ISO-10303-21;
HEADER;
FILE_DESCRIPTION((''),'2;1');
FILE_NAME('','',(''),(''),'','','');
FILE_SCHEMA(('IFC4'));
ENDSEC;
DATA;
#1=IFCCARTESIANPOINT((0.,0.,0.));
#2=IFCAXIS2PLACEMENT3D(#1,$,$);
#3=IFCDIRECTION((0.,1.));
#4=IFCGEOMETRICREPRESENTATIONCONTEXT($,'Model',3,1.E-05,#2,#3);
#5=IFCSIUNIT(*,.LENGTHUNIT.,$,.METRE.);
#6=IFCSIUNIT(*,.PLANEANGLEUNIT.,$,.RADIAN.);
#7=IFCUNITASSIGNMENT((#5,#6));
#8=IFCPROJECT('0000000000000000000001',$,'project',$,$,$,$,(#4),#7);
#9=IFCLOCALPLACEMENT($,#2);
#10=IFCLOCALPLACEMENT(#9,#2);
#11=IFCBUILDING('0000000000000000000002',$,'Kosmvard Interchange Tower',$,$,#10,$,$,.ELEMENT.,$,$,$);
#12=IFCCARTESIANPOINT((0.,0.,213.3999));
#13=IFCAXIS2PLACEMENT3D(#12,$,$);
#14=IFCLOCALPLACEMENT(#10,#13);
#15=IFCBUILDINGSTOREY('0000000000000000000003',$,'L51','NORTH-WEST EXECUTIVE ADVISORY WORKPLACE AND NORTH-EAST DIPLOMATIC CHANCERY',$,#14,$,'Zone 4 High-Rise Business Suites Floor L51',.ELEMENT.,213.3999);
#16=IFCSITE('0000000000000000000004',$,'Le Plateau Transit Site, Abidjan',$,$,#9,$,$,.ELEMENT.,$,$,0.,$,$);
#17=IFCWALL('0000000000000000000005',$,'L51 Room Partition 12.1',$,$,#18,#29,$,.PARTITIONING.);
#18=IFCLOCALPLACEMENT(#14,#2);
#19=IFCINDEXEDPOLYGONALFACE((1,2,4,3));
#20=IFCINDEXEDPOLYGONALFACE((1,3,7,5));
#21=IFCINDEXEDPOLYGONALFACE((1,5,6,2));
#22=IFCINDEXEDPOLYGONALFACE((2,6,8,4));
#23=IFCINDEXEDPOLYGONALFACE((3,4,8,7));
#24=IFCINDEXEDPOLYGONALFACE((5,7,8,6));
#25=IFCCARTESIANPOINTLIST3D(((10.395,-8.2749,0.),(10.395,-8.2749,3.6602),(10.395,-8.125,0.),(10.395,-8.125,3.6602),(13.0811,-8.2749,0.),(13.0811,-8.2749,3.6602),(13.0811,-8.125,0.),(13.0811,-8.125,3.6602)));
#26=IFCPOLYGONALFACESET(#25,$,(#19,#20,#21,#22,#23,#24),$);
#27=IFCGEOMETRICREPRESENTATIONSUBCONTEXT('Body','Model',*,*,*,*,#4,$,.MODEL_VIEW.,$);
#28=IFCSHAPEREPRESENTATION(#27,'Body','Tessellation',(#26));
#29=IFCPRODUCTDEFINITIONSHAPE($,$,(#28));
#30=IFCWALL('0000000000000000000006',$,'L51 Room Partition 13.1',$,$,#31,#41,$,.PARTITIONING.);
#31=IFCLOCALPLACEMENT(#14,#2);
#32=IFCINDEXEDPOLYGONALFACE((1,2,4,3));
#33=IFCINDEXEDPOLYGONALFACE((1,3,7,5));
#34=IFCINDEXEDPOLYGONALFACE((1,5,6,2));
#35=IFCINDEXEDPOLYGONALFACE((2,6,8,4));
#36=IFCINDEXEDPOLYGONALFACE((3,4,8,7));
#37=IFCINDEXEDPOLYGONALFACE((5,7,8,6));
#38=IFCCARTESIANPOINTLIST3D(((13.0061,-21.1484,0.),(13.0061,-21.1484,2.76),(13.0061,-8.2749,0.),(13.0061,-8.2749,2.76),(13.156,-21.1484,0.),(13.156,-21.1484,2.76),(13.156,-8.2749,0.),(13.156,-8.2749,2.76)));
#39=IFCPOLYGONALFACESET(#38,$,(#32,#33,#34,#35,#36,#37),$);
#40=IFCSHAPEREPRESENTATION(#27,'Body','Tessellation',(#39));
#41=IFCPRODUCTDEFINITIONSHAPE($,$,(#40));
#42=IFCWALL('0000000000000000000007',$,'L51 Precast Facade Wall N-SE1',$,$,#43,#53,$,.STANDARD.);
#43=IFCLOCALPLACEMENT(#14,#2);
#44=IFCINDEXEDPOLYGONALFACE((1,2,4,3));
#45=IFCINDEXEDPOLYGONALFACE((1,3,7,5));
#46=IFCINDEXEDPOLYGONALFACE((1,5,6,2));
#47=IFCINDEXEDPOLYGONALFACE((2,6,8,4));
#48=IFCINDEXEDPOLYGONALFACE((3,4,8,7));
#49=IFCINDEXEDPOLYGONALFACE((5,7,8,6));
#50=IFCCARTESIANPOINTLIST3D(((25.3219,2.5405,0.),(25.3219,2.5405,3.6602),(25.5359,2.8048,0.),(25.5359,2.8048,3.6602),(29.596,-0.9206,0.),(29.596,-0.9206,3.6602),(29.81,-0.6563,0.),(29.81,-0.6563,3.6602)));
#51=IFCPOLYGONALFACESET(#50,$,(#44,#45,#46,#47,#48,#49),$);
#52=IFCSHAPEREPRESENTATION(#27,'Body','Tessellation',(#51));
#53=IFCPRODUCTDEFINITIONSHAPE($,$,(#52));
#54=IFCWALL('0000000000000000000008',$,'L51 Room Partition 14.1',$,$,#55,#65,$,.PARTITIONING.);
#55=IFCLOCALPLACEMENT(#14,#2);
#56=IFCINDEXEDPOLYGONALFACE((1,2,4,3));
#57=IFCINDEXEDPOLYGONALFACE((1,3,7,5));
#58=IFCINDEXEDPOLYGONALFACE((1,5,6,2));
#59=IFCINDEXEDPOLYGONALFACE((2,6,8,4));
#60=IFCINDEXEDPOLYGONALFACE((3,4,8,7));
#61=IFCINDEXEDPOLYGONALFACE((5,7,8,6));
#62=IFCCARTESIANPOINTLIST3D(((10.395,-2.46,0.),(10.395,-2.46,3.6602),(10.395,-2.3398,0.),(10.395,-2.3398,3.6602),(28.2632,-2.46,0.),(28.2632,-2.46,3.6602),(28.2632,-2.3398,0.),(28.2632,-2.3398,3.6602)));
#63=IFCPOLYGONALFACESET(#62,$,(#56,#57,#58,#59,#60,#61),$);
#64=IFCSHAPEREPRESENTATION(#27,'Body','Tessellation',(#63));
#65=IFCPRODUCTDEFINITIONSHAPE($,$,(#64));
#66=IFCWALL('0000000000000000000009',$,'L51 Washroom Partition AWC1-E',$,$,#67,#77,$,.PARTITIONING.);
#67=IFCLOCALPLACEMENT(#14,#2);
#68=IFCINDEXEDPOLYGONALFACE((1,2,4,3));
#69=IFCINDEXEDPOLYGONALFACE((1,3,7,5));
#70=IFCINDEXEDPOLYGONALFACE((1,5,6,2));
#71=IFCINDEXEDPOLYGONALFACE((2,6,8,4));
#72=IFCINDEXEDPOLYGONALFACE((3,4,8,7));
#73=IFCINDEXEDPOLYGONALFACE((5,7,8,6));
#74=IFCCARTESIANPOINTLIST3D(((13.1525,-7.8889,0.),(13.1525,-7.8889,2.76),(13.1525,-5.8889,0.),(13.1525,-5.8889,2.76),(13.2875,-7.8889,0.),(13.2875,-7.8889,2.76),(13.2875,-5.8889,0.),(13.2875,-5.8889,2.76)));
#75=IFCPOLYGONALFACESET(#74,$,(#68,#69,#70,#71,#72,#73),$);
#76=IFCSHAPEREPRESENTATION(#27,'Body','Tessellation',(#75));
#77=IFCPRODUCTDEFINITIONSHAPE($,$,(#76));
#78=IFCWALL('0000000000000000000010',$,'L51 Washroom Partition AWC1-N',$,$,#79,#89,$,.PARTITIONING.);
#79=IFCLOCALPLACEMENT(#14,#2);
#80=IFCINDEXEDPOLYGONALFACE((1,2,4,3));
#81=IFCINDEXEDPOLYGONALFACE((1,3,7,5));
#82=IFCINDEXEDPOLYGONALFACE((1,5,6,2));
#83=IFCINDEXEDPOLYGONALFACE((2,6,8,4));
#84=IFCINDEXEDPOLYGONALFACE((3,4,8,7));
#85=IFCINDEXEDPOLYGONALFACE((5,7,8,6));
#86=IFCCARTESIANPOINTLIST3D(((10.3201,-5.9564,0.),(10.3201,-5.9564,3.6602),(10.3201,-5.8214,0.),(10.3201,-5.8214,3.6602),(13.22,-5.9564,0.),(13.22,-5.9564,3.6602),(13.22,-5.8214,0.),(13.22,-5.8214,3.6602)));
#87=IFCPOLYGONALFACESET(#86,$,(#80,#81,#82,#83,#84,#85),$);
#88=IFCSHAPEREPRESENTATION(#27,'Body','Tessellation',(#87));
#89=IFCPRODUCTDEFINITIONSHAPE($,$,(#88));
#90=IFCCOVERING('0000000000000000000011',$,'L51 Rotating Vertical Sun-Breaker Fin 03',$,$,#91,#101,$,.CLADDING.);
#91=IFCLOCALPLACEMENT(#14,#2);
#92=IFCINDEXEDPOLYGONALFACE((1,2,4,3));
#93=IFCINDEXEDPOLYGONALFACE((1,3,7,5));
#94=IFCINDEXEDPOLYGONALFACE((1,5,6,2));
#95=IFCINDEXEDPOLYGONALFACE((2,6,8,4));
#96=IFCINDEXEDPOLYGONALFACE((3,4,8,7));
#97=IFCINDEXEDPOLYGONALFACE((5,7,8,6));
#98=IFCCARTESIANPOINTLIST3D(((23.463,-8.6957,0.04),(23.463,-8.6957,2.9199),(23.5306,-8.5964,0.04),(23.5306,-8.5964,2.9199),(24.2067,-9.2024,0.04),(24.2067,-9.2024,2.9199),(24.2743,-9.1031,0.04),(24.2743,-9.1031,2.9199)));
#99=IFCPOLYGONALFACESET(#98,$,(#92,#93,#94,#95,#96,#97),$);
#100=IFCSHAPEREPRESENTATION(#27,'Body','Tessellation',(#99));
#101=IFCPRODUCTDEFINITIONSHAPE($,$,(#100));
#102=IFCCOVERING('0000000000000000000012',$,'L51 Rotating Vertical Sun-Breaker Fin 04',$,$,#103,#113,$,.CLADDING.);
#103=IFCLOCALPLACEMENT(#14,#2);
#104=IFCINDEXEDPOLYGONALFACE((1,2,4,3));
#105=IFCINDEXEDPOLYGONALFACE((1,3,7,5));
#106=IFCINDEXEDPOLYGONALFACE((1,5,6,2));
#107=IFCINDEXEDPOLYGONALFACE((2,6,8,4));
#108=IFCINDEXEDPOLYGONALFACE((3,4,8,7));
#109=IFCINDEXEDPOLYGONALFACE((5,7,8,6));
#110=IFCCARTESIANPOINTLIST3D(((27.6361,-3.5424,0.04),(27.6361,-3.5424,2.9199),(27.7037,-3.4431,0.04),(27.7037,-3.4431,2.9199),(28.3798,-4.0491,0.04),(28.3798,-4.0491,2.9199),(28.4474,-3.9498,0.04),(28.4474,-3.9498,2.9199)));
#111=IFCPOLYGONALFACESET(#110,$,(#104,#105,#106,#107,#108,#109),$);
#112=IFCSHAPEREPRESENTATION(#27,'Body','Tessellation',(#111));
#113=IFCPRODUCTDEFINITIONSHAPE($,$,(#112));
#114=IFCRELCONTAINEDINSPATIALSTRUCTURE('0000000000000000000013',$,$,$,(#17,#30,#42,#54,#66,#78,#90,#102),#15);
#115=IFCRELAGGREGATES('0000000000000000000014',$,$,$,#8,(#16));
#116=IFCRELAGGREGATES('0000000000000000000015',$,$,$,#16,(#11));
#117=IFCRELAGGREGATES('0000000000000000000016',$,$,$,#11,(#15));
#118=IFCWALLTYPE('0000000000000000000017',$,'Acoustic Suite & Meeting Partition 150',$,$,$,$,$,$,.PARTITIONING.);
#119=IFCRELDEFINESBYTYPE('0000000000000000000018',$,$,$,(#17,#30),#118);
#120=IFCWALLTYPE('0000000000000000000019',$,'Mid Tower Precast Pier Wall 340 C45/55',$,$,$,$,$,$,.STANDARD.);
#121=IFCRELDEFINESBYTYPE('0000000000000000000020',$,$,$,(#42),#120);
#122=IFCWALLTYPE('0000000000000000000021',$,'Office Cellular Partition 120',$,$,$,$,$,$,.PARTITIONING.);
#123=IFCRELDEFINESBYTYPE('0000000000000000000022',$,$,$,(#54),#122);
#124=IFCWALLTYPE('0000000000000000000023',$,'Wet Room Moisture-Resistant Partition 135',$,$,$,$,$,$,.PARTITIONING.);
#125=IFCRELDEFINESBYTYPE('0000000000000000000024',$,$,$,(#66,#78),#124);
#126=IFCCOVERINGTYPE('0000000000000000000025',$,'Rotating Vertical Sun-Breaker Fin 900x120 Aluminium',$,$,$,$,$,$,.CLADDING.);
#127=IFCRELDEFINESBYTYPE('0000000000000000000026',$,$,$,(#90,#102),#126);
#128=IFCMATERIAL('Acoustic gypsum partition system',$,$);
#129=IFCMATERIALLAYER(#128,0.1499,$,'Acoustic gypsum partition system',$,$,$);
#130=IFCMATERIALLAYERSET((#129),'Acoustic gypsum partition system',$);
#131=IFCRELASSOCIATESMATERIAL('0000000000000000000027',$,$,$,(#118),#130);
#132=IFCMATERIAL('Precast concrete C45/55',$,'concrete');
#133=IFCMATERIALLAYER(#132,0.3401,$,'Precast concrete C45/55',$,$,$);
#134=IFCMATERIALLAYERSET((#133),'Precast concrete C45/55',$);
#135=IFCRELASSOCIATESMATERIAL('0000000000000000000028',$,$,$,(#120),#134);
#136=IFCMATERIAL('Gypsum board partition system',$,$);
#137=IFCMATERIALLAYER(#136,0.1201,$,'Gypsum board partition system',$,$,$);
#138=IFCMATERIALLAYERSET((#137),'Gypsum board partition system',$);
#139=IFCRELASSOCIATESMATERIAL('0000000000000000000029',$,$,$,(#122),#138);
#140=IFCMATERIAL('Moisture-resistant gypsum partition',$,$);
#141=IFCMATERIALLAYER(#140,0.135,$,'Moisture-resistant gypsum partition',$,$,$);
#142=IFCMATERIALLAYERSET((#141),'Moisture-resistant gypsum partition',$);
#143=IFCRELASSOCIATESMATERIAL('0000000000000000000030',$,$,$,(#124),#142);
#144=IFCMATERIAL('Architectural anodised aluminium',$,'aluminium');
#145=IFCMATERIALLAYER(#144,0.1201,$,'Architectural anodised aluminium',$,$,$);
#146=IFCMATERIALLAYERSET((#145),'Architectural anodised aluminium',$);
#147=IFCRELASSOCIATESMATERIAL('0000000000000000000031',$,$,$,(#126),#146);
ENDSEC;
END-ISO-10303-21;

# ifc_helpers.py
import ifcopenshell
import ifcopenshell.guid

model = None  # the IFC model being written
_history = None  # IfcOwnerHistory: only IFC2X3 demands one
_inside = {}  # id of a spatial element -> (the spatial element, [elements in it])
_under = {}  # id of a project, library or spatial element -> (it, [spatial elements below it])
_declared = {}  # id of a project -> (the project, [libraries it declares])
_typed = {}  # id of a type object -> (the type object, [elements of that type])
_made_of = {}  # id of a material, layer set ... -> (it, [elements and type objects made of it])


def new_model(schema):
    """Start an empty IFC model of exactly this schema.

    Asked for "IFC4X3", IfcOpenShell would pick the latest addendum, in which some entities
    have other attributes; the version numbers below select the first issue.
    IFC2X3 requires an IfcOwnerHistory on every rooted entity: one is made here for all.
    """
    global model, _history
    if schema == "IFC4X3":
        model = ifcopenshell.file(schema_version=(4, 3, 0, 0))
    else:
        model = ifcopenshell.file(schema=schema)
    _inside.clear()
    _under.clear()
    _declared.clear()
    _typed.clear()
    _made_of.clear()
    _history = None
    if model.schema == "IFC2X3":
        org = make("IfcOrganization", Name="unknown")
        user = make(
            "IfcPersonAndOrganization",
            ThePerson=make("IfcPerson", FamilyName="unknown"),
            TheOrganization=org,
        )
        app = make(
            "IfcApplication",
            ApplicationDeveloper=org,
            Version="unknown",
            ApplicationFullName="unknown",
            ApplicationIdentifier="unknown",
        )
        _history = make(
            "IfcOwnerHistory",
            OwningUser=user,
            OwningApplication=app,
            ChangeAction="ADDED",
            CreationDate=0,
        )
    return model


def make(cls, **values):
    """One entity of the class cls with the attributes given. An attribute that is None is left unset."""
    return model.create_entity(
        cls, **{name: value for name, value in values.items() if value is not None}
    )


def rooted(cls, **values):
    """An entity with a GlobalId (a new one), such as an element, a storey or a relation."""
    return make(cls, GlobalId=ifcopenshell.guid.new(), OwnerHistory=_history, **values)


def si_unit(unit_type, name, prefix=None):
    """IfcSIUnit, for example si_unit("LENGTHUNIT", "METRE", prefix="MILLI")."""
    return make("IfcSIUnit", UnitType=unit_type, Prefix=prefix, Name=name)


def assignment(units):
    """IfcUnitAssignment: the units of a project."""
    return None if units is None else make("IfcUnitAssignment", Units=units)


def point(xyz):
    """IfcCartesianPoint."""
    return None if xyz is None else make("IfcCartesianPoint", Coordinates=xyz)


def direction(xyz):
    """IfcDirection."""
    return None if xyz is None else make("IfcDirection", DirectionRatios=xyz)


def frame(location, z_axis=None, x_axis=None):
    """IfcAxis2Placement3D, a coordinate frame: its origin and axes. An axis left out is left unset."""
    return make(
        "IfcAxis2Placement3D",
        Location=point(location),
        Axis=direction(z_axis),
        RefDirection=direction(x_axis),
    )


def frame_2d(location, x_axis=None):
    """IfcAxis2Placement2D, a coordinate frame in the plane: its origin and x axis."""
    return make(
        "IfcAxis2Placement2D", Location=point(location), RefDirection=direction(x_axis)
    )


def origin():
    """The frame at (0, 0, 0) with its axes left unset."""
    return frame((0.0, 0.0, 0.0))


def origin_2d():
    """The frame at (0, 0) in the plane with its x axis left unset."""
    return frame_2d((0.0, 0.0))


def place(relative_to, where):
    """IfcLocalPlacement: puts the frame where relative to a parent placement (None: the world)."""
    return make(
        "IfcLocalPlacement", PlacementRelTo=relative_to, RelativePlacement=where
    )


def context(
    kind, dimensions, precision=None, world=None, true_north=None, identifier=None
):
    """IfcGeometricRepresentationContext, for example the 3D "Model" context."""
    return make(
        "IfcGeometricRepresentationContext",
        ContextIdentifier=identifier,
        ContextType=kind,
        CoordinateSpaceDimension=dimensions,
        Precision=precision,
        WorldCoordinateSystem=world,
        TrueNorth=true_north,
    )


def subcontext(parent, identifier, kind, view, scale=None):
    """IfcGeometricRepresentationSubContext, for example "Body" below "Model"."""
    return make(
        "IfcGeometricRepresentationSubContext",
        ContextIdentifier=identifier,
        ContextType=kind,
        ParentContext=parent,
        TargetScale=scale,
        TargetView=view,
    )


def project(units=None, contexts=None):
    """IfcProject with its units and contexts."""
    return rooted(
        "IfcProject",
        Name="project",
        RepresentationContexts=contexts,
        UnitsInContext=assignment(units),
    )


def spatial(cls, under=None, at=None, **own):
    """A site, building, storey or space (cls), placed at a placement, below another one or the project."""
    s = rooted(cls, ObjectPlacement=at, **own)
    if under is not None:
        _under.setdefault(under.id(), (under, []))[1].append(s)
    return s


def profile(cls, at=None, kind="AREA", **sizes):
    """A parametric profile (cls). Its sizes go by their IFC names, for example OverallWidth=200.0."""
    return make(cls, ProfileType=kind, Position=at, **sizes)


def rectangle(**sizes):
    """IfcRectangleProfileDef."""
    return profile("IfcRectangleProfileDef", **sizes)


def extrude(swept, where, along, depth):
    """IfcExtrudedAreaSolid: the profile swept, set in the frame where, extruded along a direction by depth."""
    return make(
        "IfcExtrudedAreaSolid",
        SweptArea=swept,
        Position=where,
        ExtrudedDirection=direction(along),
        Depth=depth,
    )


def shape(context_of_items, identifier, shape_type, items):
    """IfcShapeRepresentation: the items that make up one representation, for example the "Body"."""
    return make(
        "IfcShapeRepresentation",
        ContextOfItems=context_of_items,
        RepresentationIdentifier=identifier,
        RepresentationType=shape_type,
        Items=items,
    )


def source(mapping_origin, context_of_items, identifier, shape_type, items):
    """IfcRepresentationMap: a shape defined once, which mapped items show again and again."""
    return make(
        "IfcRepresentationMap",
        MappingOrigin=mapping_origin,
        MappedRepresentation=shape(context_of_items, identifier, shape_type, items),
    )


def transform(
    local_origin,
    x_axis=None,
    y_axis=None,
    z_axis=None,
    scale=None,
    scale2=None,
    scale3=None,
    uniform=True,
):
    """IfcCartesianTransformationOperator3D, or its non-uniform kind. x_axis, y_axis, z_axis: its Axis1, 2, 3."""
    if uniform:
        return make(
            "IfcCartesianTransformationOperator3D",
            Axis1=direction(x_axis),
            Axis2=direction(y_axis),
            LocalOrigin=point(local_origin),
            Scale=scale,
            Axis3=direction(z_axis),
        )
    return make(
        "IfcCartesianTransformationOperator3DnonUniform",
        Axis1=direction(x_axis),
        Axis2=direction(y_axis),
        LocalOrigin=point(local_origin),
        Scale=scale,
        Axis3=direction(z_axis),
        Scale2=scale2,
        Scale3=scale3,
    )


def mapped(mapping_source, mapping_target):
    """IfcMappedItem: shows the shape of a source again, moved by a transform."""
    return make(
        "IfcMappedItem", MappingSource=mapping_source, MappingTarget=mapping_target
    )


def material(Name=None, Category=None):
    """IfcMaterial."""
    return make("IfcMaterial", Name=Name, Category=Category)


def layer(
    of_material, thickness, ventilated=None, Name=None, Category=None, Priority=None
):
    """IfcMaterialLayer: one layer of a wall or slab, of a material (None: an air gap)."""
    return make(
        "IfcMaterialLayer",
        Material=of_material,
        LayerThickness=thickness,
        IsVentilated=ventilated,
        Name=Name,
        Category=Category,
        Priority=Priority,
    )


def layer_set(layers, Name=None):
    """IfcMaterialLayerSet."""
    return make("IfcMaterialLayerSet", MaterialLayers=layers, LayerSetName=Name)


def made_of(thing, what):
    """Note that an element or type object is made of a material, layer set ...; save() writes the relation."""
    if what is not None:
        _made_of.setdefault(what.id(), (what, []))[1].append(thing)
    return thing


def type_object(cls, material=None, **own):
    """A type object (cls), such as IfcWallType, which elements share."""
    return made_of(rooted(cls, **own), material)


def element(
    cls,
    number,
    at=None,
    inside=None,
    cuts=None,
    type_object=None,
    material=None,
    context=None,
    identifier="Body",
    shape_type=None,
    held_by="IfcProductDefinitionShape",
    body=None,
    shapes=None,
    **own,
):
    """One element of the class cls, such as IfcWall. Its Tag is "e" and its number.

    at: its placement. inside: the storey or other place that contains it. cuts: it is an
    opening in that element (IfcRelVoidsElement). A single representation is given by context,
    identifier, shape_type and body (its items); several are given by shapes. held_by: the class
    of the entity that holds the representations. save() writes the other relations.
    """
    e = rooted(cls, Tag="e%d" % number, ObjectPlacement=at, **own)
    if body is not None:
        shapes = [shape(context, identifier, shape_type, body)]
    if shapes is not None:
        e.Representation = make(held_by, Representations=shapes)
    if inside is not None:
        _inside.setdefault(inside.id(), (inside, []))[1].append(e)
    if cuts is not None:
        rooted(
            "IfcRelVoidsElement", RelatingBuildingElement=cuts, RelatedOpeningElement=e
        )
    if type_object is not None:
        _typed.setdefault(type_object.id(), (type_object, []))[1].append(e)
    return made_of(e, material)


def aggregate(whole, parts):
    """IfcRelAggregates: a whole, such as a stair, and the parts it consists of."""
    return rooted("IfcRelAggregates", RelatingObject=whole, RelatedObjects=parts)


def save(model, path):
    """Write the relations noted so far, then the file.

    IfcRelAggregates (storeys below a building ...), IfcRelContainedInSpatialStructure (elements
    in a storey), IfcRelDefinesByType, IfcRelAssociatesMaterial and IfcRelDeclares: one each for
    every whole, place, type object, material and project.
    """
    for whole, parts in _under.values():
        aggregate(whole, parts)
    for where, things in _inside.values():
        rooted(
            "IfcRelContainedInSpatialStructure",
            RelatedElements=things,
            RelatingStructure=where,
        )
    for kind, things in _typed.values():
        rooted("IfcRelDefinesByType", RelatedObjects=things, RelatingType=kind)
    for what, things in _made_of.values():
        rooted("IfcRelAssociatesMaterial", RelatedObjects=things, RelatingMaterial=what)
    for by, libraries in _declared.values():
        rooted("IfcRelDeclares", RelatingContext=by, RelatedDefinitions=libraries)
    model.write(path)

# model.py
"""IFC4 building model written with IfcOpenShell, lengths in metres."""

from ifc_helpers import new_model, si_unit, direction, frame, frame_2d, origin, origin_2d, place, context, subcontext, project, spatial, rectangle, extrude, source, transform, mapped, material, layer, layer_set, type_object, element, save


model = new_model("IFC4")

# Units and contexts
model_context = context("Model", 3, precision=1e-05, world=origin(), true_north=direction((0.0, 1.0)))
body_context = subcontext(model_context, "Body", "Model", "MODEL_VIEW")
ifc_project = project(units=[si_unit("LENGTHUNIT", "METRE"), si_unit("PLANEANGLEUNIT", "RADIAN")], contexts=[model_context])

# Site, building, storey
site_placement = place(None, origin())
site = spatial("IfcSite", under=ifc_project, at=site_placement, Name="Le Plateau Transit Site, Abidjan", CompositionType="ELEMENT", RefElevation=0.0)
building_placement = place(site_placement, origin())
building = spatial("IfcBuilding", under=site, at=building_placement, Name="Kosmvard Interchange Tower", CompositionType="ELEMENT")
storey_placement = place(building_placement, frame((0.0, 0.0, 213.3999)))
storey = spatial("IfcBuildingStorey", under=building, at=storey_placement, Name="L51", Description="NORTH-WEST EXECUTIVE ADVISORY WORKPLACE AND NORTH-EAST DIPLOMATIC CHANCERY", LongName="Zone 4 High-Rise Business Suites Floor L51", CompositionType="ELEMENT", Elevation=213.3999)

# Shared definitions
ifc_material_1 = material(Name="Precast concrete C45/55", Category="concrete")

# Walls
ifc_material_2 = material(Name="Acoustic gypsum partition system")
ifc_layer_1 = layer(ifc_material_2, 0.1499, Name="Acoustic gypsum partition system")
ifc_layer_set_1 = layer_set([ifc_layer_1], Name="Acoustic gypsum partition system")
wall_type_1 = type_object("IfcWallType", Name="Acoustic Suite & Meeting Partition 150", PredefinedType="PARTITIONING", material=ifc_layer_set_1)
wall_1_placement = place(storey_placement, frame((10.395, -8.2, 0.0), z_axis=(0.0, 0.0, 1.0), x_axis=(1.0, 0.0, 0.0)))
element("IfcWall", 1, at=wall_1_placement, inside=storey, type_object=wall_type_1, Name="L51 Room Partition 12.1", PredefinedType="PARTITIONING", context=body_context, shape_type="SweptSolid", body=[
    extrude(rectangle(XDim=2.686, YDim=0.1499, at=frame_2d((1.343, 0.0))), origin(), (0.0, 0.0, 1.0), 3.6602),
])
wall_2_placement = place(storey_placement, frame((13.0811, -8.2749, 0.0), z_axis=(0.0, 0.0, 1.0), x_axis=(0.0, -1.0, 0.0)))
element("IfcWall", 2, at=wall_2_placement, inside=storey, type_object=wall_type_1, Name="L51 Room Partition 13.1", PredefinedType="PARTITIONING", context=body_context, shape_type="SweptSolid", body=[
    extrude(rectangle(XDim=12.8735, YDim=0.1499, at=frame_2d((6.4368, 0.0))), origin(), (0.0, 0.0, 1.0), 2.76),
])
ifc_layer_2 = layer(ifc_material_1, 0.3401, Name="Precast concrete C45/55")
ifc_layer_set_2 = layer_set([ifc_layer_2], Name="Precast concrete C45/55")
wall_type_2 = type_object("IfcWallType", Name="Mid Tower Precast Pier Wall 340 C45/55", PredefinedType="STANDARD", material=ifc_layer_set_2)
wall_3_placement = place(storey_placement, frame((29.7031, -0.7886, 0.0), z_axis=(0.0, 0.0, 1.0), x_axis=(-0.777144, 0.629323, 0.0)))
element("IfcWall", 3, at=wall_3_placement, inside=storey, type_object=wall_type_2, Name="L51 Precast Facade Wall N-SE1", PredefinedType="STANDARD", context=body_context, shape_type="SweptSolid", body=[
    extrude(rectangle(XDim=5.4998, YDim=0.3401, at=frame_2d((2.75, 0.0))), origin(), (0.0, 0.0, 1.0), 3.6602),
])
ifc_material_3 = material(Name="Gypsum board partition system")
ifc_layer_3 = layer(ifc_material_3, 0.1201, Name="Gypsum board partition system")
ifc_layer_set_3 = layer_set([ifc_layer_3], Name="Gypsum board partition system")
wall_type_3 = type_object("IfcWallType", Name="Office Cellular Partition 120", PredefinedType="PARTITIONING", material=ifc_layer_set_3)
wall_4_placement = place(storey_placement, frame((10.395, -2.3999, 0.0), z_axis=(0.0, 0.0, 1.0), x_axis=(1.0, 0.0, 0.0)))
element("IfcWall", 4, at=wall_4_placement, inside=storey, type_object=wall_type_3, Name="L51 Room Partition 14.1", PredefinedType="PARTITIONING", context=body_context, shape_type="SweptSolid", body=[
    extrude(rectangle(XDim=17.8682, YDim=0.1201, at=frame_2d((8.9341, 0.0))), origin(), (0.0, 0.0, 1.0), 3.6602),
])
ifc_material_4 = material(Name="Moisture-resistant gypsum partition")
ifc_layer_4 = layer(ifc_material_4, 0.135, Name="Moisture-resistant gypsum partition")
ifc_layer_set_4 = layer_set([ifc_layer_4], Name="Moisture-resistant gypsum partition")
wall_type_4 = type_object("IfcWallType", Name="Wet Room Moisture-Resistant Partition 135", PredefinedType="PARTITIONING", material=ifc_layer_set_4)
wall_5_placement = place(storey_placement, frame((13.22, -7.8889, 0.0), z_axis=(0.0, 0.0, 1.0), x_axis=(0.0, 1.0, 0.0)))
element("IfcWall", 5, at=wall_5_placement, inside=storey, type_object=wall_type_4, Name="L51 Washroom Partition AWC1-E", PredefinedType="PARTITIONING", context=body_context, shape_type="SweptSolid", body=[
    extrude(rectangle(XDim=2.0, YDim=0.135, at=frame_2d((1.0, 0.0))), origin(), (0.0, 0.0, 1.0), 2.76),
])
wall_6_placement = place(storey_placement, frame((10.3201, -5.8889, 0.0), z_axis=(0.0, 0.0, 1.0), x_axis=(1.0, 0.0, 0.0)))
element("IfcWall", 6, at=wall_6_placement, inside=storey, type_object=wall_type_4, Name="L51 Washroom Partition AWC1-N", PredefinedType="PARTITIONING", context=body_context, shape_type="SweptSolid", body=[
    extrude(rectangle(XDim=2.8999, YDim=0.135, at=frame_2d((1.45, 0.0))), origin(), (0.0, 0.0, 1.0), 3.6602),
])

# Coverings
ifc_material_5 = material(Name="Architectural anodised aluminium", Category="aluminium")
ifc_layer_5 = layer(ifc_material_5, 0.1201, Name="Architectural anodised aluminium")
ifc_layer_set_5 = layer_set([ifc_layer_5], Name="Architectural anodised aluminium")
covering_type = type_object("IfcCoveringType", Name="Rotating Vertical Sun-Breaker Fin 900x120 Aluminium", PredefinedType="CLADDING", material=ifc_layer_set_5)
shared_shape_1 = source(origin(), body_context, "Body", "SweptSolid", [
    extrude(rectangle(XDim=0.8999, YDim=0.1201, at=origin_2d()), origin(), (0.0, 0.0, 1.0), 2.8799),
])
for number, where, z_axis, x_axis, name in (
    (7, (23.8687, -8.8994, 0.04), (0.0, 0.0, 1.0), (0.826393, -0.563093, 0.0), "L51 Rotating Vertical Sun-Breaker Fin 03"),
    (8, (28.0417, -3.7461, 0.04), (0.0, 0.0, 1.0), (0.826393, -0.563093, 0.0), "L51 Rotating Vertical Sun-Breaker Fin 04"),
):
    element("IfcCovering", number, at=place(storey_placement, frame(where, z_axis=z_axis, x_axis=x_axis)), inside=storey, type_object=covering_type, Name=name, PredefinedType="CLADDING", context=body_context, shape_type="MappedRepresentation", body=[
        mapped(shared_shape_1, transform((0.0, 0.0, 0.0), scale=1.0)),
    ])

save(model, "model.ifc")
